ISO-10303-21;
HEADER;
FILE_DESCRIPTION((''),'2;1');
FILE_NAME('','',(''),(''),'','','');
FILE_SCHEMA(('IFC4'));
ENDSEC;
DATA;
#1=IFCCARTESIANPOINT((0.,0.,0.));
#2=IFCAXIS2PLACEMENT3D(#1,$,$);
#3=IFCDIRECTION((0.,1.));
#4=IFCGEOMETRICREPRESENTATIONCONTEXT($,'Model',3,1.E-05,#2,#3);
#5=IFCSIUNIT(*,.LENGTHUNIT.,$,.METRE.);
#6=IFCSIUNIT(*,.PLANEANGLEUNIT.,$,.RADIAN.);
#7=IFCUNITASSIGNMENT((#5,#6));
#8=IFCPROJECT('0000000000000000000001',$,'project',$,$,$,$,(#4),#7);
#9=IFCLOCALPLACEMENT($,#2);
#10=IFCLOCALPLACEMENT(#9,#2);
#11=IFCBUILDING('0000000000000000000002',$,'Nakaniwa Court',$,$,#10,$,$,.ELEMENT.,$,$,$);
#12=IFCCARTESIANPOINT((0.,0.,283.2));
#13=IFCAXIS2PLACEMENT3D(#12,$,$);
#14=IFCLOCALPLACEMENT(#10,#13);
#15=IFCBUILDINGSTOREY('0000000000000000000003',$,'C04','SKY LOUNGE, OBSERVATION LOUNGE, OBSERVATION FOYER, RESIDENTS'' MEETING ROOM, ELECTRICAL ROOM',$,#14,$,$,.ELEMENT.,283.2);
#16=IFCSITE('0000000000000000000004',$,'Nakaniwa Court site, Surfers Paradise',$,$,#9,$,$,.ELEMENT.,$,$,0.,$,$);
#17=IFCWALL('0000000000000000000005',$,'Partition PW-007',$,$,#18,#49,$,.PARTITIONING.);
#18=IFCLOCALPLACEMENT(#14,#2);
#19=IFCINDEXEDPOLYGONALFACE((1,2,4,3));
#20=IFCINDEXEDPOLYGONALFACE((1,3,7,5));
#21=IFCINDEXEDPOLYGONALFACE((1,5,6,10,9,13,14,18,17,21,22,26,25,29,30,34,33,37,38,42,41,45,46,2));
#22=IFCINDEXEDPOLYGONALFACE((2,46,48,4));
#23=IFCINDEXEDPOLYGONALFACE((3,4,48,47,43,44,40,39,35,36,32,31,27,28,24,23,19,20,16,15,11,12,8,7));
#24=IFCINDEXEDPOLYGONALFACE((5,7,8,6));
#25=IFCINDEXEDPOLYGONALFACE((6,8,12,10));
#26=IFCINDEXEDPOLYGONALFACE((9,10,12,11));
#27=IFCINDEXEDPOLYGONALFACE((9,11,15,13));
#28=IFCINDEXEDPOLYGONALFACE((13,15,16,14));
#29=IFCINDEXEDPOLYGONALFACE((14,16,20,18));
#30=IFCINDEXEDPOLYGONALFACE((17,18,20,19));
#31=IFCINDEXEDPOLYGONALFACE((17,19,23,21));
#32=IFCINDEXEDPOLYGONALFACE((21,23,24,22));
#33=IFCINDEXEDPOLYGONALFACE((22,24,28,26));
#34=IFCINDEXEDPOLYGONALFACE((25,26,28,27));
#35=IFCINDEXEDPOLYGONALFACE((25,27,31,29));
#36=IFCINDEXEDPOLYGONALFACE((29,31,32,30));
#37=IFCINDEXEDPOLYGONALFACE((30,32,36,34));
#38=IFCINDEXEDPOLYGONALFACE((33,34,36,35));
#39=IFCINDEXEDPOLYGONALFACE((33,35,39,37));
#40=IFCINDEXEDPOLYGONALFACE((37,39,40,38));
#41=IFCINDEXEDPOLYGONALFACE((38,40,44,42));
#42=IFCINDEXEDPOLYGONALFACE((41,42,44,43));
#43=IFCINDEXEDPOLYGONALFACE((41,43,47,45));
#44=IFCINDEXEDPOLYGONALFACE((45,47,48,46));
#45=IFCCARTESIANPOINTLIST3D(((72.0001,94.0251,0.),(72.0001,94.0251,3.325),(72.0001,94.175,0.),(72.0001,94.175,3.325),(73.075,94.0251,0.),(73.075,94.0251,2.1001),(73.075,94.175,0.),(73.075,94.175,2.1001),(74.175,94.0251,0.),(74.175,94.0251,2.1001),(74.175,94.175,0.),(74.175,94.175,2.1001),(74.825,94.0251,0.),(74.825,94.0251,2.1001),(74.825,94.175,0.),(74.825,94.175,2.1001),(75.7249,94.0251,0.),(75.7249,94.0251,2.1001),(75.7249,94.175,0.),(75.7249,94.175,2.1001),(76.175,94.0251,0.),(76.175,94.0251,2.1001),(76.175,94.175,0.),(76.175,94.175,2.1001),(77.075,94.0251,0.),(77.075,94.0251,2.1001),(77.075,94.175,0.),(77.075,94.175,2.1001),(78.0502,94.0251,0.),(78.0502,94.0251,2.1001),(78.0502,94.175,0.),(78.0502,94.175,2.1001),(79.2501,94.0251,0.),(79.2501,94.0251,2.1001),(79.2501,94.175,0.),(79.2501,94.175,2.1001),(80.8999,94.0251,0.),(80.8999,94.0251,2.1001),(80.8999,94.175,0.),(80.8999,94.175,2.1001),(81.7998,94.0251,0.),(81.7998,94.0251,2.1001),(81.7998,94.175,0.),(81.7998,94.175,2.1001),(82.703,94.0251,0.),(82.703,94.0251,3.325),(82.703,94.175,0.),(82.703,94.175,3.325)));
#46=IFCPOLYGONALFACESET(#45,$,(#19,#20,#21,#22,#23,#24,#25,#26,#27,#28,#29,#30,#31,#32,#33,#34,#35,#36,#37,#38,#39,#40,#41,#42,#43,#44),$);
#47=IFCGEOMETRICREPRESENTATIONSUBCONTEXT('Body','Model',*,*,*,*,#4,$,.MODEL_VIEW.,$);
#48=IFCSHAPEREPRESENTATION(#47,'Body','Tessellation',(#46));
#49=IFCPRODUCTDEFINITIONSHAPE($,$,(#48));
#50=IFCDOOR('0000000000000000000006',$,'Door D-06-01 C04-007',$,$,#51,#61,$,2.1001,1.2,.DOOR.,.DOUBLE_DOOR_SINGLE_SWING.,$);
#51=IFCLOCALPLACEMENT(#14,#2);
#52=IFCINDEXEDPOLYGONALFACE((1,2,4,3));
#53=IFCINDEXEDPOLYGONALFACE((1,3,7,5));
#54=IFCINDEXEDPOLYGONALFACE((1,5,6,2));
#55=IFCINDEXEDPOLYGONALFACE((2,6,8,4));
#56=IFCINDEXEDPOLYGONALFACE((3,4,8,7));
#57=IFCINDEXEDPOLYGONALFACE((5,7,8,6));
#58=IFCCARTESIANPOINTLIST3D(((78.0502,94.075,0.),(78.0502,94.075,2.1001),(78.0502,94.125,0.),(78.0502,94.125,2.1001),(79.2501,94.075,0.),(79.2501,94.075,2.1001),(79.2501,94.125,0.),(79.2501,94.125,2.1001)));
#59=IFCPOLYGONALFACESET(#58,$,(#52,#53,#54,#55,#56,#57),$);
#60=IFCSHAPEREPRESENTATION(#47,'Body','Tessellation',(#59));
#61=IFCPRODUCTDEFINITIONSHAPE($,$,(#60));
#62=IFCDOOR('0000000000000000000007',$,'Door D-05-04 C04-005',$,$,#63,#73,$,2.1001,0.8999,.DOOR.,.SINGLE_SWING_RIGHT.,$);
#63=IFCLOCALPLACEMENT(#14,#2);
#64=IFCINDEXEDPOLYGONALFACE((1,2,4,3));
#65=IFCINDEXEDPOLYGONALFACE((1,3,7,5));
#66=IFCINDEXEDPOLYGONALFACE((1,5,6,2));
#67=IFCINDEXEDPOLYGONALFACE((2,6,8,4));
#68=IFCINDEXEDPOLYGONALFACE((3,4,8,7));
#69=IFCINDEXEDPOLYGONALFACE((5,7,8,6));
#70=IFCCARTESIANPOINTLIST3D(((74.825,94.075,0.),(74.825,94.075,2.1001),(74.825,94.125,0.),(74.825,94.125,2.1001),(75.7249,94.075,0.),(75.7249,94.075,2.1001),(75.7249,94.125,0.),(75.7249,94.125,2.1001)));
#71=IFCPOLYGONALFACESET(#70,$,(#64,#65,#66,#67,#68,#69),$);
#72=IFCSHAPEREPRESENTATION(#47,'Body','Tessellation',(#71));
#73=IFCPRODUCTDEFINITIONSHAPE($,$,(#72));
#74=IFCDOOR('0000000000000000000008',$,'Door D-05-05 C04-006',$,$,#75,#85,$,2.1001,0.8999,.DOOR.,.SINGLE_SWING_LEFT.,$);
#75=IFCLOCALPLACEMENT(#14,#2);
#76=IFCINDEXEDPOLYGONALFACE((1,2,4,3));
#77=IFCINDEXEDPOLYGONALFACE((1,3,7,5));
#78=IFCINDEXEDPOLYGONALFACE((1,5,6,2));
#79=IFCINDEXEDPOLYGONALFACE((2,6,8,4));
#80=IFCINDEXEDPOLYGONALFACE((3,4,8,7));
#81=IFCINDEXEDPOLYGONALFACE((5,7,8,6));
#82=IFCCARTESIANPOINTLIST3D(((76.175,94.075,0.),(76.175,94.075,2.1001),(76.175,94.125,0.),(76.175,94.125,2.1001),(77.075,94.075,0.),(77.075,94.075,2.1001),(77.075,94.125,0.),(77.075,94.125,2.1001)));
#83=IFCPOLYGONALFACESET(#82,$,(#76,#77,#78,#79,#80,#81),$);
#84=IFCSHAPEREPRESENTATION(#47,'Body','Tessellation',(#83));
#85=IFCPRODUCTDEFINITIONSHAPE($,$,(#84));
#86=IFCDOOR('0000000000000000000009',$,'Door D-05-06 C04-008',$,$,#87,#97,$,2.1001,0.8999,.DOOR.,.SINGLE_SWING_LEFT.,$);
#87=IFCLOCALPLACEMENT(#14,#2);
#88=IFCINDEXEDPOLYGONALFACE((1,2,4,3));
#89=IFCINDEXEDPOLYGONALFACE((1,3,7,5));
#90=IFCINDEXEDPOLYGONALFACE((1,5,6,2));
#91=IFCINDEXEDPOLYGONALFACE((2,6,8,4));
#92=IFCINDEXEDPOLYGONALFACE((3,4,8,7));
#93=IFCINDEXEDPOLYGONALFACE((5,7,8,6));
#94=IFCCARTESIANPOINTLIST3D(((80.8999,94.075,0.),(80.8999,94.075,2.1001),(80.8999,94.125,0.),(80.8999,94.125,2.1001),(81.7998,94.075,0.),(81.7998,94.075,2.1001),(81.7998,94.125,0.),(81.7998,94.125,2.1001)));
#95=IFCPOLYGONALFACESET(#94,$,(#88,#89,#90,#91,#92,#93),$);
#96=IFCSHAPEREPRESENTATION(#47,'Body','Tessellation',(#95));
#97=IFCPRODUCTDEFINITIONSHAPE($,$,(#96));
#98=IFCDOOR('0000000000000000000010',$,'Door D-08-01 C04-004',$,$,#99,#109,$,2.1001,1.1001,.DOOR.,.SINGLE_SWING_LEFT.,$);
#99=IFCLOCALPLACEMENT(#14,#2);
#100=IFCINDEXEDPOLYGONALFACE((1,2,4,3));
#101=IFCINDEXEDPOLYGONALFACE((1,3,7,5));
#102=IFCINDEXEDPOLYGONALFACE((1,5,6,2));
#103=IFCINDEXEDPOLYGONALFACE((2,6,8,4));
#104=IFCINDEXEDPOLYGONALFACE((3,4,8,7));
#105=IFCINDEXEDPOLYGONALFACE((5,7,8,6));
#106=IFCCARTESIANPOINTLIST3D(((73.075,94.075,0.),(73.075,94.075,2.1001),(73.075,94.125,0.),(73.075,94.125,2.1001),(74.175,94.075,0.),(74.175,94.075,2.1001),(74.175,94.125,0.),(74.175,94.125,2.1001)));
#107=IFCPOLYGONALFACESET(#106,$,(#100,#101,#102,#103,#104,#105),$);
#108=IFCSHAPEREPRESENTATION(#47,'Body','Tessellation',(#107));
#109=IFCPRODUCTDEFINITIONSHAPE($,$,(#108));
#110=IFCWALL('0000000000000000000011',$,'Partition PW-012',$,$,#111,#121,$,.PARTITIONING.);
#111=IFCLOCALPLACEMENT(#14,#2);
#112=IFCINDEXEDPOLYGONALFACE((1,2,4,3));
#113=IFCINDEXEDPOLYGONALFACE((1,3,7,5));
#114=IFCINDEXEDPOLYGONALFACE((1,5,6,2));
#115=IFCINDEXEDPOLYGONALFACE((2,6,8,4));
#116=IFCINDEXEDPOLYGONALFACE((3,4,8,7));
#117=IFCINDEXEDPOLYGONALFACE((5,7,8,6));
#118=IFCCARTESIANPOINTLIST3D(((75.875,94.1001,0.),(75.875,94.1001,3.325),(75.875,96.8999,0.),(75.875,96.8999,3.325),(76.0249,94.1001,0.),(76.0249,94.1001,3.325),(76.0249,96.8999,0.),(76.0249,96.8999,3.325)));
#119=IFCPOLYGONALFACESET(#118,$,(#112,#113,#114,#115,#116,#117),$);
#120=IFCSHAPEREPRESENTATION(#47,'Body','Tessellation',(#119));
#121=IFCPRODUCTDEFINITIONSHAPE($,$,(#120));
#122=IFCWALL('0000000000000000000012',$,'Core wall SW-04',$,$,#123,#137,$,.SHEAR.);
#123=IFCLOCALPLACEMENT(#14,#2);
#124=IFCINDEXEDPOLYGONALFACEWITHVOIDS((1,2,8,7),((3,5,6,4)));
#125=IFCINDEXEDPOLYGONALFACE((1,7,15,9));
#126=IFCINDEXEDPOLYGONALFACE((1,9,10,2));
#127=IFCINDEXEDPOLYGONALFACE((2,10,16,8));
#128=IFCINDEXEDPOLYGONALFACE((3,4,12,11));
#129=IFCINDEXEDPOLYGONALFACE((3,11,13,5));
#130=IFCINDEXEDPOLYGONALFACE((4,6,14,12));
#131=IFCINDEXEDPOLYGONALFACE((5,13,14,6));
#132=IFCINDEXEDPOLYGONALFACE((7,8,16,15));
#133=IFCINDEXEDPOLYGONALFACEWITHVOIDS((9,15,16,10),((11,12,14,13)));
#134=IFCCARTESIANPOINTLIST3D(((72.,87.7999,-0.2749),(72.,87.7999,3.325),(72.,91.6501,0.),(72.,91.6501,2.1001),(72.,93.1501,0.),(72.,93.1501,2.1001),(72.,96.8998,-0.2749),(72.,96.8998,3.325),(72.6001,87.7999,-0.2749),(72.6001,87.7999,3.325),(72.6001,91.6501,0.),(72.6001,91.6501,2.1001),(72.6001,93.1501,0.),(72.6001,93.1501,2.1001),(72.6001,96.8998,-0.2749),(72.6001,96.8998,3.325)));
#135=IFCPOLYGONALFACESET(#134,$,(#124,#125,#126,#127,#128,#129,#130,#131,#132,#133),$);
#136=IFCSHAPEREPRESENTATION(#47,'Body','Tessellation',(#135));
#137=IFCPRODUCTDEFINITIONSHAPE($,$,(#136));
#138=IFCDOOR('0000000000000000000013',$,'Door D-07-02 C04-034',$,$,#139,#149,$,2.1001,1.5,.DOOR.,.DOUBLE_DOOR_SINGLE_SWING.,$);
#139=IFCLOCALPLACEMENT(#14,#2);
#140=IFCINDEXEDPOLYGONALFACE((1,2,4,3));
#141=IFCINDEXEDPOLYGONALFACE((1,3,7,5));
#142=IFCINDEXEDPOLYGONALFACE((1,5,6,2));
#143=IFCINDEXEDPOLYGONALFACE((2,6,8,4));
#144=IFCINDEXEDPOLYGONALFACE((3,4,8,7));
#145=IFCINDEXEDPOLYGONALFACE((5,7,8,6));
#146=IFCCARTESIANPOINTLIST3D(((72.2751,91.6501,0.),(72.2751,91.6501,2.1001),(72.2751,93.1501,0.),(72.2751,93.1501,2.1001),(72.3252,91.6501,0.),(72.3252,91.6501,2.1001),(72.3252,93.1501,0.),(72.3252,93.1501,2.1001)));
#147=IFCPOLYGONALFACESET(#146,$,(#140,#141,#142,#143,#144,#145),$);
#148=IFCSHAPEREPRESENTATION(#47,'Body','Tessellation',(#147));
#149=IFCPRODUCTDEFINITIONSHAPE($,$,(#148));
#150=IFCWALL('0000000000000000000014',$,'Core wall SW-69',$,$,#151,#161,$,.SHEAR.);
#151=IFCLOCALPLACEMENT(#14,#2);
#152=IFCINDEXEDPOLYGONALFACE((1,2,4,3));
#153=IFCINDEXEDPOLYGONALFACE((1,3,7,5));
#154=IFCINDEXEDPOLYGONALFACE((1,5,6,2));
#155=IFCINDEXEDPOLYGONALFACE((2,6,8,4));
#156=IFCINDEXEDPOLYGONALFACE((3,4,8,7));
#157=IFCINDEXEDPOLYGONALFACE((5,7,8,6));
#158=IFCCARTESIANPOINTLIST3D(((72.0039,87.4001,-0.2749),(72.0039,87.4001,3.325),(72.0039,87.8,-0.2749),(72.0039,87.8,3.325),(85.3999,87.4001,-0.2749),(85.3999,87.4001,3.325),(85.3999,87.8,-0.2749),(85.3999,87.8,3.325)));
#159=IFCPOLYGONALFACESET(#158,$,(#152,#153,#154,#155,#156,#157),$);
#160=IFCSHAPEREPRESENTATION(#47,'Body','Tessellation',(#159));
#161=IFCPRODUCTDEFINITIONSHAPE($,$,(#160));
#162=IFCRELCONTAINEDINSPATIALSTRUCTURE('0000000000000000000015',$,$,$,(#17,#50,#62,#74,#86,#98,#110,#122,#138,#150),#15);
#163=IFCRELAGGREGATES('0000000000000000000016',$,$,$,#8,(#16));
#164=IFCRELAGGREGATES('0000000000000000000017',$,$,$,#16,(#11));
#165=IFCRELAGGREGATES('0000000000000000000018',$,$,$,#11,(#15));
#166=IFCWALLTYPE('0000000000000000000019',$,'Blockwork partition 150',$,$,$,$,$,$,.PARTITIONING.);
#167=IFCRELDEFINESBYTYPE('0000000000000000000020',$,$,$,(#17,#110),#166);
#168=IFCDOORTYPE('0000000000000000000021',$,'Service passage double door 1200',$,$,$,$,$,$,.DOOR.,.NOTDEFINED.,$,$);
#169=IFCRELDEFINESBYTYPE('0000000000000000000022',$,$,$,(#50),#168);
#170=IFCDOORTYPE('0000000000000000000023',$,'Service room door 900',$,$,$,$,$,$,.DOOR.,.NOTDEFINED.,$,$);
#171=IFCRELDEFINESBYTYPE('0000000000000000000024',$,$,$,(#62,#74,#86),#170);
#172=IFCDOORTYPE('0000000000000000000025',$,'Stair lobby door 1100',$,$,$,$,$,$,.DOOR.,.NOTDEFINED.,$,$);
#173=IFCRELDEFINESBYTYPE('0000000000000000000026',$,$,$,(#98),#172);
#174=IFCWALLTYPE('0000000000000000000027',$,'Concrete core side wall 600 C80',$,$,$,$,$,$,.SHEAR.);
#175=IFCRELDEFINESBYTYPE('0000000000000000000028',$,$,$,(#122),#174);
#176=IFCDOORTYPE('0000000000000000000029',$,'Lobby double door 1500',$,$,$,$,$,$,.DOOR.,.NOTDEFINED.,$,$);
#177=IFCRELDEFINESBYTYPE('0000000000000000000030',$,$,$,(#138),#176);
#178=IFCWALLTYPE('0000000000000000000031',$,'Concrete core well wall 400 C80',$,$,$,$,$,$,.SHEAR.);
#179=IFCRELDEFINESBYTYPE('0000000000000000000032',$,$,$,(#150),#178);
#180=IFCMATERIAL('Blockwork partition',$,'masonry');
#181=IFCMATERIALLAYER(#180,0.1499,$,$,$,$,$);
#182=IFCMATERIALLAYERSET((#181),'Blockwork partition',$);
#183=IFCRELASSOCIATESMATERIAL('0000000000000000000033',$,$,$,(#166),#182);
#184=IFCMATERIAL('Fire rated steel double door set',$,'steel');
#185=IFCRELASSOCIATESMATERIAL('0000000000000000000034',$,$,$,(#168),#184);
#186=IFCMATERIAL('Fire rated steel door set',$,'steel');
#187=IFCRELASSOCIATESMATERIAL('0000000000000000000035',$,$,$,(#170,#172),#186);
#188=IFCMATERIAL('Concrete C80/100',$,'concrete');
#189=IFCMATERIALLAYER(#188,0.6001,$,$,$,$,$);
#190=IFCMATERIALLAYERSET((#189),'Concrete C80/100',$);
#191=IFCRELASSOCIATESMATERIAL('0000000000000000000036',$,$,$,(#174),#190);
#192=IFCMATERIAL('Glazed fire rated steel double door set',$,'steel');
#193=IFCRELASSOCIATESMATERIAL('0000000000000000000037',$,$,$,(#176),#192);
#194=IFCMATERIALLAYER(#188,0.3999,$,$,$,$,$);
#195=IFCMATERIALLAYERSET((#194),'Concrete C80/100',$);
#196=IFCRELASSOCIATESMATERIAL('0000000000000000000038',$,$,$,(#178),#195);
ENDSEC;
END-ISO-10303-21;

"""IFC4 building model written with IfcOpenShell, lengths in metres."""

from ifc_helpers import new_model, si_unit, direction, frame, frame_2d, origin, place, context, subcontext, project, spatial, rectangle, extrude, material, layer, layer_set, type_object, element, fill, save


model = new_model("IFC4")

# Units and contexts
model_context = context("Model", 3, precision=1e-05, world=origin(), true_north=direction((0.0, 1.0)))
body_context = subcontext(model_context, "Body", "Model", "MODEL_VIEW")
ifc_project = project(units=[si_unit("LENGTHUNIT", "METRE"), si_unit("PLANEANGLEUNIT", "RADIAN")], contexts=[model_context])

# Site, building, storey
site_placement = place(None, origin())
site = spatial("IfcSite", under=ifc_project, at=site_placement, Name="Nakaniwa Court site, Surfers Paradise", CompositionType="ELEMENT", RefElevation=0.0)
building_placement = place(site_placement, origin())
building = spatial("IfcBuilding", under=site, at=building_placement, Name="Nakaniwa Court", CompositionType="ELEMENT")
storey_placement = place(building_placement, frame((0.0, 0.0, 283.2)))
storey = spatial("IfcBuildingStorey", under=building, at=storey_placement, Name="C04", Description="SKY LOUNGE, OBSERVATION LOUNGE, OBSERVATION FOYER, RESIDENTS' MEETING ROOM, ELECTRICAL ROOM", CompositionType="ELEMENT", Elevation=283.2)

# Shared definitions
ifc_material_1 = material(Name="Concrete C80/100", Category="concrete")

# Shared definitions
ifc_material_2 = material(Name="Blockwork partition", Category="masonry")
ifc_layer_1 = layer(ifc_material_2, 0.1499)
ifc_layer_set_1 = layer_set([ifc_layer_1], Name="Blockwork partition")
wall_type_1 = type_object("IfcWallType", Name="Blockwork partition 150", PredefinedType="PARTITIONING", material=ifc_layer_set_1)

# Wall, openings, doors
wall_1_placement = place(storey_placement, frame((72.0, 94.1001, 0.0), z_axis=(0.0, 0.0, 1.0), x_axis=(1.0, 0.0, 0.0)))
wall_1 = element("IfcWall", 1, at=wall_1_placement, inside=storey, type_object=wall_type_1, Name="Partition PW-007", PredefinedType="PARTITIONING", context=body_context, shape_type="SweptSolid", body=[
    extrude(rectangle(XDim=10.7029, YDim=0.1499, at=frame_2d((5.3516, 0.0))), origin(), (0.0, 0.0, 1.0), 3.325),
])
opening_1_placement = place(wall_1_placement, frame((1.075, 0.0, 0.0)))
opening_1 = element("IfcOpeningElement", 2, at=opening_1_placement, cuts=wall_1, PredefinedType="OPENING", context=body_context, shape_type="SweptSolid", body=[
    extrude(rectangle(XDim=1.1001, YDim=2.1001, at=frame_2d((0.55, 1.05))), frame((0.0, 0.085, 0.0), z_axis=(0.0, -1.0, 0.0), x_axis=(1.0, 0.0, 0.0)), (0.0, 0.0, 1.0), 0.1699),
])
opening_2_placement = place(wall_1_placement, frame((2.825, 0.0, 0.0)))
opening_2 = element("IfcOpeningElement", 3, at=opening_2_placement, cuts=wall_1, PredefinedType="OPENING", context=body_context, shape_type="SweptSolid", body=[
    extrude(rectangle(XDim=0.8999, YDim=2.1001, at=frame_2d((0.45, 1.05))), frame((0.0, 0.085, 0.0), z_axis=(0.0, -1.0, 0.0), x_axis=(1.0, 0.0, 0.0)), (0.0, 0.0, 1.0), 0.1699),
])
opening_3_placement = place(wall_1_placement, frame((4.175, 0.0, 0.0)))
opening_3 = element("IfcOpeningElement", 4, at=opening_3_placement, cuts=wall_1, PredefinedType="OPENING", context=body_context, shape_type="SweptSolid", body=[
    extrude(rectangle(XDim=0.8999, YDim=2.1001, at=frame_2d((0.45, 1.05))), frame((0.0, 0.085, 0.0), z_axis=(0.0, -1.0, 0.0), x_axis=(1.0, 0.0, 0.0)), (0.0, 0.0, 1.0), 0.1699),
])
opening_4_placement = place(wall_1_placement, frame((6.05, 0.0, 0.0)))
opening_4 = element("IfcOpeningElement", 5, at=opening_4_placement, cuts=wall_1, PredefinedType="OPENING", context=body_context, shape_type="SweptSolid", body=[
    extrude(rectangle(XDim=1.2, YDim=2.1001, at=frame_2d((0.6001, 1.05))), frame((0.0, 0.085, 0.0), z_axis=(0.0, -1.0, 0.0), x_axis=(1.0, 0.0, 0.0)), (0.0, 0.0, 1.0), 0.1699),
])
opening_5_placement = place(wall_1_placement, frame((8.8999, 0.0, 0.0)))
opening_5 = element("IfcOpeningElement", 6, at=opening_5_placement, cuts=wall_1, PredefinedType="OPENING", context=body_context, shape_type="SweptSolid", body=[
    extrude(rectangle(XDim=0.8999, YDim=2.1001, at=frame_2d((0.45, 1.05))), frame((0.0, 0.085, 0.0), z_axis=(0.0, -1.0, 0.0), x_axis=(1.0, 0.0, 0.0)), (0.0, 0.0, 1.0), 0.1699),
])
ifc_material_3 = material(Name="Fire rated steel double door set", Category="steel")
door_type_1 = type_object("IfcDoorType", Name="Service passage double door 1200", OperationType="NOTDEFINED", PredefinedType="DOOR", material=ifc_material_3)
door_1_placement = place(opening_4_placement, origin())
door_1 = element("IfcDoor", 7, at=door_1_placement, inside=storey, type_object=door_type_1, Name="Door D-06-01 C04-007", OperationType="DOUBLE_DOOR_SINGLE_SWING", OverallHeight=2.1001, OverallWidth=1.2, PredefinedType="DOOR", context=body_context, shape_type="SweptSolid", body=[
    extrude(rectangle(XDim=1.2, YDim=2.1001, at=frame_2d((0.6001, 1.05))), frame((0.0, 0.0249, 0.0), z_axis=(0.0, -1.0, 0.0), x_axis=(1.0, 0.0, 0.0)), (0.0, 0.0, 1.0), 0.05),
])
fill(opening_4, door_1)
ifc_material_4 = material(Name="Fire rated steel door set", Category="steel")
door_type_2 = type_object("IfcDoorType", Name="Service room door 900", OperationType="NOTDEFINED", PredefinedType="DOOR", material=ifc_material_4)
door_2_placement = place(opening_2_placement, origin())
door_2 = element("IfcDoor", 8, at=door_2_placement, inside=storey, type_object=door_type_2, Name="Door D-05-04 C04-005", OperationType="SINGLE_SWING_RIGHT", OverallHeight=2.1001, OverallWidth=0.8999, PredefinedType="DOOR", context=body_context, shape_type="SweptSolid", body=[
    extrude(rectangle(XDim=0.8999, YDim=2.1001, at=frame_2d((0.45, 1.05))), frame((0.0, 0.0249, 0.0), z_axis=(0.0, -1.0, 0.0), x_axis=(1.0, 0.0, 0.0)), (0.0, 0.0, 1.0), 0.05),
])
fill(opening_2, door_2)
door_3_placement = place(opening_3_placement, origin())
door_3 = element("IfcDoor", 9, at=door_3_placement, inside=storey, type_object=door_type_2, Name="Door D-05-05 C04-006", OperationType="SINGLE_SWING_LEFT", OverallHeight=2.1001, OverallWidth=0.8999, PredefinedType="DOOR", context=body_context, shape_type="SweptSolid", body=[
    extrude(rectangle(XDim=0.8999, YDim=2.1001, at=frame_2d((0.45, 1.05))), frame((0.0, 0.0249, 0.0), z_axis=(0.0, -1.0, 0.0), x_axis=(1.0, 0.0, 0.0)), (0.0, 0.0, 1.0), 0.05),
])
fill(opening_3, door_3)
door_4_placement = place(opening_5_placement, origin())
door_4 = element("IfcDoor", 10, at=door_4_placement, inside=storey, type_object=door_type_2, Name="Door D-05-06 C04-008", OperationType="SINGLE_SWING_LEFT", OverallHeight=2.1001, OverallWidth=0.8999, PredefinedType="DOOR", context=body_context, shape_type="SweptSolid", body=[
    extrude(rectangle(XDim=0.8999, YDim=2.1001, at=frame_2d((0.45, 1.05))), frame((0.0, 0.0249, 0.0), z_axis=(0.0, -1.0, 0.0), x_axis=(1.0, 0.0, 0.0)), (0.0, 0.0, 1.0), 0.05),
])
fill(opening_5, door_4)
door_type_3 = type_object("IfcDoorType", Name="Stair lobby door 1100", OperationType="NOTDEFINED", PredefinedType="DOOR", material=ifc_material_4)
door_5_placement = place(opening_1_placement, origin())
door_5 = element("IfcDoor", 11, at=door_5_placement, inside=storey, type_object=door_type_3, Name="Door D-08-01 C04-004", OperationType="SINGLE_SWING_LEFT", OverallHeight=2.1001, OverallWidth=1.1001, PredefinedType="DOOR", context=body_context, shape_type="SweptSolid", body=[
    extrude(rectangle(XDim=1.1001, YDim=2.1001, at=frame_2d((0.55, 1.05))), frame((0.0, 0.0249, 0.0), z_axis=(0.0, -1.0, 0.0), x_axis=(1.0, 0.0, 0.0)), (0.0, 0.0, 1.0), 0.05),
])
fill(opening_1, door_5)

# Wall
wall_2_placement = place(storey_placement, frame((75.95, 94.1001, 0.0), z_axis=(0.0, 0.0, 1.0), x_axis=(0.0, 1.0, 0.0)))
element("IfcWall", 12, at=wall_2_placement, inside=storey, type_object=wall_type_1, Name="Partition PW-012", PredefinedType="PARTITIONING", context=body_context, shape_type="SweptSolid", body=[
    extrude(rectangle(XDim=2.7998, YDim=0.1499, at=frame_2d((1.3999, 0.0))), origin(), (0.0, 0.0, 1.0), 3.325),
])

# Wall, opening, door
ifc_layer_2 = layer(ifc_material_1, 0.6001)
ifc_layer_set_2 = layer_set([ifc_layer_2], Name="Concrete C80/100")
wall_type_2 = type_object("IfcWallType", Name="Concrete core side wall 600 C80", PredefinedType="SHEAR", material=ifc_layer_set_2)
wall_3_placement = place(storey_placement, frame((72.3, 87.8, -0.2749), z_axis=(0.0, 0.0, 1.0), x_axis=(0.0, 1.0, 0.0)))
wall_3 = element("IfcWall", 13, at=wall_3_placement, inside=storey, type_object=wall_type_2, Name="Core wall SW-04", PredefinedType="SHEAR", context=body_context, shape_type="SweptSolid", body=[
    extrude(rectangle(XDim=9.0999, YDim=0.6001, at=frame_2d((4.5498, 0.0))), origin(), (0.0, 0.0, 1.0), 3.5999),
])
opening_6_placement = place(wall_3_placement, frame((3.8501, 0.0, 0.2749)))
opening_6 = element("IfcOpeningElement", 14, at=opening_6_placement, cuts=wall_3, PredefinedType="OPENING", context=body_context, shape_type="SweptSolid", body=[
    extrude(rectangle(XDim=1.5, YDim=2.1001, at=frame_2d((0.75, 1.05))), frame((0.0, 0.3101, 0.0), z_axis=(0.0, -1.0, 0.0), x_axis=(1.0, 0.0, 0.0)), (0.0, 0.0, 1.0), 0.6201),
])
ifc_material_5 = material(Name="Glazed fire rated steel double door set", Category="steel")
door_type_4 = type_object("IfcDoorType", Name="Lobby double door 1500", OperationType="NOTDEFINED", PredefinedType="DOOR", material=ifc_material_5)
door_6_placement = place(opening_6_placement, origin())
door_6 = element("IfcDoor", 15, at=door_6_placement, inside=storey, type_object=door_type_4, Name="Door D-07-02 C04-034", OperationType="DOUBLE_DOOR_SINGLE_SWING", OverallHeight=2.1001, OverallWidth=1.5, PredefinedType="DOOR", context=body_context, shape_type="SweptSolid", body=[
    extrude(rectangle(XDim=1.5, YDim=2.1001, at=frame_2d((0.75, 1.05))), frame((0.0, 0.0249, 0.0), z_axis=(0.0, -1.0, 0.0), x_axis=(1.0, 0.0, 0.0)), (0.0, 0.0, 1.0), 0.05),
])
fill(opening_6, door_6)

# Wall
ifc_layer_3 = layer(ifc_material_1, 0.3999)
ifc_layer_set_3 = layer_set([ifc_layer_3], Name="Concrete C80/100")
wall_type_3 = type_object("IfcWallType", Name="Concrete core well wall 400 C80", PredefinedType="SHEAR", material=ifc_layer_set_3)
wall_4_placement = place(storey_placement, frame((72.0039, 87.6001, -0.2749), z_axis=(0.0, 0.0, 1.0), x_axis=(1.0, 0.0, 0.0)))
element("IfcWall", 16, at=wall_4_placement, inside=storey, type_object=wall_type_3, Name="Core wall SW-69", PredefinedType="SHEAR", context=body_context, shape_type="SweptSolid", body=[
    extrude(rectangle(XDim=13.396, YDim=0.3999, at=frame_2d((6.698, 0.0))), origin(), (0.0, 0.0, 1.0), 3.5999),
])

save(model, "model.ifc")
